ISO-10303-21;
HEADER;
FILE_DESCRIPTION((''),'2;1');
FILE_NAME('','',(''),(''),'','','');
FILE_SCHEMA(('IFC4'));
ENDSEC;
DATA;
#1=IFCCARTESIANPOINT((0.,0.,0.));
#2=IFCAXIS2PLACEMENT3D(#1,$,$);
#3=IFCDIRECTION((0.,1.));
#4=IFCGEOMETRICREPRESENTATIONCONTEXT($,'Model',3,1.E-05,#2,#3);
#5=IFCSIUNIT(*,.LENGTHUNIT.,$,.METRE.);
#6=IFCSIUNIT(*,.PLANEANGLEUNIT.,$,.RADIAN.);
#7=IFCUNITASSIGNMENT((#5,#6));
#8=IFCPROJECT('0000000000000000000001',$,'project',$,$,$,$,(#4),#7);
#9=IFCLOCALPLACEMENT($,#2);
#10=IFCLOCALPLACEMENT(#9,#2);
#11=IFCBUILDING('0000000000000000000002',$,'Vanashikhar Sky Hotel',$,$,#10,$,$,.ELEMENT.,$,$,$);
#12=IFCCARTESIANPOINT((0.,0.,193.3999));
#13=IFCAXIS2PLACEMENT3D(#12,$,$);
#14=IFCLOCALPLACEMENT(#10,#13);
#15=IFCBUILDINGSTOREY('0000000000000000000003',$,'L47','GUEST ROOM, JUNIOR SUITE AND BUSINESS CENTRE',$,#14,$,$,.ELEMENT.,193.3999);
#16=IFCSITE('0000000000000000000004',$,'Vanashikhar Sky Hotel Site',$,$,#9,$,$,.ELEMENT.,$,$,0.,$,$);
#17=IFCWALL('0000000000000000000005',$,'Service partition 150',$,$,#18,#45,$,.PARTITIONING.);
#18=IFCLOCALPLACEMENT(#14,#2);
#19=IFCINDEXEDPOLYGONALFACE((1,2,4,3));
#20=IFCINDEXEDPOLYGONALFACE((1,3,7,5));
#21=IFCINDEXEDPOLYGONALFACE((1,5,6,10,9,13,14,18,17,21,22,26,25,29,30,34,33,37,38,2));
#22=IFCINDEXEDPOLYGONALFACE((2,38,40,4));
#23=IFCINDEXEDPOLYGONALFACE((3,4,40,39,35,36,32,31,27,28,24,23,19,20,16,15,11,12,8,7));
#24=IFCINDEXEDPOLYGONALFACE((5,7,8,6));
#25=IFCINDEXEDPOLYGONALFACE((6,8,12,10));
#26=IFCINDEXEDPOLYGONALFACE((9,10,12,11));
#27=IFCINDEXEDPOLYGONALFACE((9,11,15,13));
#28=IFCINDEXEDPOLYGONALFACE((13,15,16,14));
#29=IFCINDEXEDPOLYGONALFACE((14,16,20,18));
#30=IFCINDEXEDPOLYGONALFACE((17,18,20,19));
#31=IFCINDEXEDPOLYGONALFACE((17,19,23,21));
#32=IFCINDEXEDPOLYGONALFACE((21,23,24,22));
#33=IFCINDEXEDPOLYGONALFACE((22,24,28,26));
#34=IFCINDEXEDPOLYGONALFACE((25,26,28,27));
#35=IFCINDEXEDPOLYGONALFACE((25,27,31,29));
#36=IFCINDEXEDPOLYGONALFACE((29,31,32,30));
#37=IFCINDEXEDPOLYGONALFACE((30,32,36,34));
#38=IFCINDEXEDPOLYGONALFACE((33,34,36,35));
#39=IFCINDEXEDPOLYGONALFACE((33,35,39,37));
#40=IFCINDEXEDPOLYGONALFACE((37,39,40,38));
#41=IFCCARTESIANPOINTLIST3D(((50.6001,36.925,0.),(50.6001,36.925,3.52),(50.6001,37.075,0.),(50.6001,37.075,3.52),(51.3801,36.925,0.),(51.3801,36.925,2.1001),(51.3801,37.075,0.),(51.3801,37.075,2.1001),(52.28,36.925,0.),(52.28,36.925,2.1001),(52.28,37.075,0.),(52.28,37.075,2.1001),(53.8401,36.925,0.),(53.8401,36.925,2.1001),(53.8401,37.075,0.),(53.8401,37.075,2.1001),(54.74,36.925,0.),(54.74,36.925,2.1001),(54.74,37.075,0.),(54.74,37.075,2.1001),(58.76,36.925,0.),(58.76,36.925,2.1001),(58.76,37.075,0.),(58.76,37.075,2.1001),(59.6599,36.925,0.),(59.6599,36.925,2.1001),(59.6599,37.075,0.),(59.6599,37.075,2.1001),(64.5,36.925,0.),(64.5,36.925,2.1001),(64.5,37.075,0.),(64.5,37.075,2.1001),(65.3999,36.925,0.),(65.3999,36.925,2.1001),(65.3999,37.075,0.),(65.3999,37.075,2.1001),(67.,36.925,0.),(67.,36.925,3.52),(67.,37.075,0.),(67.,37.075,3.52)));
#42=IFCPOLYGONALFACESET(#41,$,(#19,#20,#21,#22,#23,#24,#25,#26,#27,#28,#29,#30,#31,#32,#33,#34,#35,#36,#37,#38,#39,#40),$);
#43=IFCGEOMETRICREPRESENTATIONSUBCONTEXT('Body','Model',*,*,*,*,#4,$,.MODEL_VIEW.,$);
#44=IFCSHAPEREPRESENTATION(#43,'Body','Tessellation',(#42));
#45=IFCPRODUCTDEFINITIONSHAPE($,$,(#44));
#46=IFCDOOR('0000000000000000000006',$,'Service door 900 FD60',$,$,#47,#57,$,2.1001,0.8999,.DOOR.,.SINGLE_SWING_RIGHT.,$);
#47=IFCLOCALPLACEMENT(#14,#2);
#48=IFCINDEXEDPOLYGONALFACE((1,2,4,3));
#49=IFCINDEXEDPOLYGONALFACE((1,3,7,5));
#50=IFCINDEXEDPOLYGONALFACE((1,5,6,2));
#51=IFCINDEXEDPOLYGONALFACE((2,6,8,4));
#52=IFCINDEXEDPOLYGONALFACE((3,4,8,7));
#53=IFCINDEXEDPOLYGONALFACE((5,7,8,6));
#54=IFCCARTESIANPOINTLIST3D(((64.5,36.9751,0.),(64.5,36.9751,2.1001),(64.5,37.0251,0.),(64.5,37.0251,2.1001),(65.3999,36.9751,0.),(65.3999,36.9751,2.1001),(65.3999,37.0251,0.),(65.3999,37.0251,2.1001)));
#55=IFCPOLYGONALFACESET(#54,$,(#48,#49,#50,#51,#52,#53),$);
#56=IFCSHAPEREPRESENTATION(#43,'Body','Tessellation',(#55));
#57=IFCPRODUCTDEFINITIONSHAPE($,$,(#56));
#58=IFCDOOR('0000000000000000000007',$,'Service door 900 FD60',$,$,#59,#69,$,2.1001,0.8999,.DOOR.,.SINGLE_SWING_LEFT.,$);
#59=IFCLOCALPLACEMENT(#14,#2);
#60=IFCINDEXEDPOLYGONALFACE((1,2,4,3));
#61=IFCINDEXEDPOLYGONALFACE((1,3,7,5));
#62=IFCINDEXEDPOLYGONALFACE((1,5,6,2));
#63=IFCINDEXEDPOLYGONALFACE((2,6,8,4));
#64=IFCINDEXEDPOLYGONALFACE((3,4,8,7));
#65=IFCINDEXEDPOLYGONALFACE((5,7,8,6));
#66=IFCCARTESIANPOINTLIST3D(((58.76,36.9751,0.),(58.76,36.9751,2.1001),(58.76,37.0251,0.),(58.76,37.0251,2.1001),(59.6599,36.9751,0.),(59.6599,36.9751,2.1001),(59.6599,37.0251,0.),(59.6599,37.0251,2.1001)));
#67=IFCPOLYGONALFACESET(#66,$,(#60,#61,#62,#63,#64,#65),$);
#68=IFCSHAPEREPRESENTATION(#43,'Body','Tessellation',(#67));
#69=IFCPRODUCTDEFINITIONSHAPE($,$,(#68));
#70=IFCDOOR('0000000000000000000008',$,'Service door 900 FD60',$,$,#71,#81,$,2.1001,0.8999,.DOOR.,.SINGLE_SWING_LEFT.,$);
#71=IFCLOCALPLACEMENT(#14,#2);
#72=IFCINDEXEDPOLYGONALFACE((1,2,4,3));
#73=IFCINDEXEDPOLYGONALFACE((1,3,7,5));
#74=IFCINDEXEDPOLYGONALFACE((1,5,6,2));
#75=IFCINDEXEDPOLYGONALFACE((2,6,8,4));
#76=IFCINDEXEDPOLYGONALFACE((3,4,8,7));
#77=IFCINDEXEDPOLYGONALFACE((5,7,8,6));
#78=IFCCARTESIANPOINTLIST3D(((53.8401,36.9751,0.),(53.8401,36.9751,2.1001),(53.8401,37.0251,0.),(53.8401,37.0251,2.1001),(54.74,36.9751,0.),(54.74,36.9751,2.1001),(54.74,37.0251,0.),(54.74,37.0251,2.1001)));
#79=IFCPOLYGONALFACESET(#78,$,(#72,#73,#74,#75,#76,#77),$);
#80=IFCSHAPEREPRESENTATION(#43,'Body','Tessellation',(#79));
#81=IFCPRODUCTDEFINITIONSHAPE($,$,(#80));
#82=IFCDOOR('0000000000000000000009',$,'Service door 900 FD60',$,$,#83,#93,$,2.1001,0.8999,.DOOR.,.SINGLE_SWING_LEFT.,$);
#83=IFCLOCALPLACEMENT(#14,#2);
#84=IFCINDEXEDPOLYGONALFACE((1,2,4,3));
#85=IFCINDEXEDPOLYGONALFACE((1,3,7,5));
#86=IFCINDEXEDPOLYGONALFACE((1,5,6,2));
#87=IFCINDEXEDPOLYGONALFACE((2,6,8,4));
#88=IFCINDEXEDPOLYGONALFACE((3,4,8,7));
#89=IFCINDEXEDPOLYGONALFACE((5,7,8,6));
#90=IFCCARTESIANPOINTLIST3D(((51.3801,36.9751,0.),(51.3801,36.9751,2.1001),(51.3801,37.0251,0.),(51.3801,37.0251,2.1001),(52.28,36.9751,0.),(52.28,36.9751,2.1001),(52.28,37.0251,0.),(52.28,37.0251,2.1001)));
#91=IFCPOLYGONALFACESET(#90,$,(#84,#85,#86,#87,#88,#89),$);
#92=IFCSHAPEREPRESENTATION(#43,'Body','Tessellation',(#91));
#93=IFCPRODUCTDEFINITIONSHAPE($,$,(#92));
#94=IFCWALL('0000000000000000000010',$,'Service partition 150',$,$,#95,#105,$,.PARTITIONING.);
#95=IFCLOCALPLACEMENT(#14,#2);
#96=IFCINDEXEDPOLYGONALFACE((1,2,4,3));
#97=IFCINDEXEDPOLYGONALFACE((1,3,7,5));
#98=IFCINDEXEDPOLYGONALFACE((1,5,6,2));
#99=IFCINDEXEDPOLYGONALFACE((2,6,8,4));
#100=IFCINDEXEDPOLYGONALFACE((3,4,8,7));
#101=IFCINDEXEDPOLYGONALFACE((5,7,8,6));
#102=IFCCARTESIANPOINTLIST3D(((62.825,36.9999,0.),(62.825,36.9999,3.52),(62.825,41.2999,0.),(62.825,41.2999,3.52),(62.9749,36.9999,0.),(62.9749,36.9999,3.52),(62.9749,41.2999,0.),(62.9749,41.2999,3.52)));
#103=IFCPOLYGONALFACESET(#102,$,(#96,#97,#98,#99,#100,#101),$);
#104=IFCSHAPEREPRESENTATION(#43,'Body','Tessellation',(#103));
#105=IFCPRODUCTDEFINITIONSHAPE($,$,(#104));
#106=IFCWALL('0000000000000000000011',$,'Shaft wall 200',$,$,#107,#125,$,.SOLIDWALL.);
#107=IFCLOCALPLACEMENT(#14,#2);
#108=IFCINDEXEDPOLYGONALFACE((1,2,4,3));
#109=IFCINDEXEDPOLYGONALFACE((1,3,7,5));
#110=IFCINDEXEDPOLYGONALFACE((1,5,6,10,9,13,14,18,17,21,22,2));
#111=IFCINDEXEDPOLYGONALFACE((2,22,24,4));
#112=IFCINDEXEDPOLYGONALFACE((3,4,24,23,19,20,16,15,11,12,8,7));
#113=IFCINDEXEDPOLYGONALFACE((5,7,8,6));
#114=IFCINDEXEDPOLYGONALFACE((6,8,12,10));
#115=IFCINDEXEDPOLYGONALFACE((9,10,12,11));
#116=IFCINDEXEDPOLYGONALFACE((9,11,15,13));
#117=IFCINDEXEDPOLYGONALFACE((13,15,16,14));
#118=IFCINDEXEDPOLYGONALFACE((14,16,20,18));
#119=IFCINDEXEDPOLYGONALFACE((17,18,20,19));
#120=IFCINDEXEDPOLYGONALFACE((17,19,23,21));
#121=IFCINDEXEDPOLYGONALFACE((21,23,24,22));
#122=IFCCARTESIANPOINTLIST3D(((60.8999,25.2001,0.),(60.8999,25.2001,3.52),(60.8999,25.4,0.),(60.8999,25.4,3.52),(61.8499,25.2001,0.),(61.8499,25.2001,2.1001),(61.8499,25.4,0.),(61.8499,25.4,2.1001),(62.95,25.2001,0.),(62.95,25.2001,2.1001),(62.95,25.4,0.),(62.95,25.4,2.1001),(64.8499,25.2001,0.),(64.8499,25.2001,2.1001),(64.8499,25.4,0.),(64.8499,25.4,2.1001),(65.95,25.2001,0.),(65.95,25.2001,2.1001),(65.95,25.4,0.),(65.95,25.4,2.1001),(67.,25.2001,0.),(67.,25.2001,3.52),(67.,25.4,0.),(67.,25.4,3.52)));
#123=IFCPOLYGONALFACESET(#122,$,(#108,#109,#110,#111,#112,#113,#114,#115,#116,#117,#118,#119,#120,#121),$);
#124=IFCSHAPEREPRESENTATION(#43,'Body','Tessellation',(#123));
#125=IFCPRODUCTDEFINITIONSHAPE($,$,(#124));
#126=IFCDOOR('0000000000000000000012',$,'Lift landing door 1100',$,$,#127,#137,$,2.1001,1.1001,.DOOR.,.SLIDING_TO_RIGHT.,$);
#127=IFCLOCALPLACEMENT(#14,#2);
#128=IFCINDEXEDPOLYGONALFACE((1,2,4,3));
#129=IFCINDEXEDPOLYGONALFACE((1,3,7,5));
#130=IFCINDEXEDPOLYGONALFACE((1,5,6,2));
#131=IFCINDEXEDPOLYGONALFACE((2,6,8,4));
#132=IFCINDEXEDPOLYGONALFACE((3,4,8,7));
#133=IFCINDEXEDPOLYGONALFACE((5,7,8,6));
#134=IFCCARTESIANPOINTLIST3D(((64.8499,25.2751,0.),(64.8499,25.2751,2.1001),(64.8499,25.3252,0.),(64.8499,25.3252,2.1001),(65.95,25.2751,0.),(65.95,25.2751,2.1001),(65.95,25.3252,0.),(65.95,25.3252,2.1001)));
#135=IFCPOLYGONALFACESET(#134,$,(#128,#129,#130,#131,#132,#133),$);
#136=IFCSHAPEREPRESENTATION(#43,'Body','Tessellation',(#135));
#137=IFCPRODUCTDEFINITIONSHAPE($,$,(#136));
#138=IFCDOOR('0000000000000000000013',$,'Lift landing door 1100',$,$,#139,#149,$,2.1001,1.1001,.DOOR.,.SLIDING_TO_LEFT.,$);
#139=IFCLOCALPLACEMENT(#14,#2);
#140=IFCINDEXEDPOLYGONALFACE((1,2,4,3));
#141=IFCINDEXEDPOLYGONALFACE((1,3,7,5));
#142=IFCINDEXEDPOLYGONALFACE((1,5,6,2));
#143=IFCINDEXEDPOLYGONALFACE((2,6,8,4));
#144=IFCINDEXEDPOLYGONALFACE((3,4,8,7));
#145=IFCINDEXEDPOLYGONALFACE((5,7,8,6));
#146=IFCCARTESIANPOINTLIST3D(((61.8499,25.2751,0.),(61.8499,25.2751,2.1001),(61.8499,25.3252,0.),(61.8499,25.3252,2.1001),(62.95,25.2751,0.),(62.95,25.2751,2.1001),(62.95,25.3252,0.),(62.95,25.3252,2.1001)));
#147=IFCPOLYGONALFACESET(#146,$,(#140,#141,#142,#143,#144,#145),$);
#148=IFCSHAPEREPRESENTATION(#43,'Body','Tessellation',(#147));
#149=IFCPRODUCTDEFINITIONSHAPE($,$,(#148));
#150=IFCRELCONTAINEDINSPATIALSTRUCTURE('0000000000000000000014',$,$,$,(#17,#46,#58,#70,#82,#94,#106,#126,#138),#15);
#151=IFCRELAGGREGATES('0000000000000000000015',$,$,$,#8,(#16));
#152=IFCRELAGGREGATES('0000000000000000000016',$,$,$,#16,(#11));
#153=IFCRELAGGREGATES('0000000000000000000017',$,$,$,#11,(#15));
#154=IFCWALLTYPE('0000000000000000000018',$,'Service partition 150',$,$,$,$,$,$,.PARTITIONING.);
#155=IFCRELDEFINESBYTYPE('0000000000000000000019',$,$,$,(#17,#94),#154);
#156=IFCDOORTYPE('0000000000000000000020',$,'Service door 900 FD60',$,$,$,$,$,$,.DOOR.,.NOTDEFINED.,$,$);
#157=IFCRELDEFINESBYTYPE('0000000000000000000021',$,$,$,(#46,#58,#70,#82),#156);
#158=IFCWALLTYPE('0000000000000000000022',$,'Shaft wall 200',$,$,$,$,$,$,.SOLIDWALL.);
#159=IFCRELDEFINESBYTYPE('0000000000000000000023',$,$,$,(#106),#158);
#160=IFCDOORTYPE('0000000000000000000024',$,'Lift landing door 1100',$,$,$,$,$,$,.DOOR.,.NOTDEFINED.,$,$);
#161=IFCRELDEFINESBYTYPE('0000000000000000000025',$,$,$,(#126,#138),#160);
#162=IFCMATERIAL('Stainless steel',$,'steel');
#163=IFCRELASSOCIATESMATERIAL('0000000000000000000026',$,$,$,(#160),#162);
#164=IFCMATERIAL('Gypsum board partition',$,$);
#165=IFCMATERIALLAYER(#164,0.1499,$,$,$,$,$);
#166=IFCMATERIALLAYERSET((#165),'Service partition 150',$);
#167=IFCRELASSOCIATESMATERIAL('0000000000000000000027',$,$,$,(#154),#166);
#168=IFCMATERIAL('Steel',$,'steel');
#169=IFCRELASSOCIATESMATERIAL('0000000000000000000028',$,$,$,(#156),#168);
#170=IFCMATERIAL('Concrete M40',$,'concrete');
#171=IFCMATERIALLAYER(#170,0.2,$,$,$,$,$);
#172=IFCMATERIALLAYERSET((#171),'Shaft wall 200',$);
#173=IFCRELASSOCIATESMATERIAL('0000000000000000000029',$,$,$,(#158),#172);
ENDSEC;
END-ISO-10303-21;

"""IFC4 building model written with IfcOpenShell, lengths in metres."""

from ifc_helpers import new_model, si_unit, direction, frame, frame_2d, origin, place, context, subcontext, project, spatial, rectangle, extrude, source, transform, mapped, material, layer, layer_set, type_object, element, fill, save


model = new_model("IFC4")

# Units and contexts
model_context = context("Model", 3, precision=1e-05, world=origin(), true_north=direction((0.0, 1.0)))
body_context = subcontext(model_context, "Body", "Model", "MODEL_VIEW")
ifc_project = project(units=[si_unit("LENGTHUNIT", "METRE"), si_unit("PLANEANGLEUNIT", "RADIAN")], contexts=[model_context])

# Site, building, storey
site_placement = place(None, origin())
site = spatial("IfcSite", under=ifc_project, at=site_placement, Name="Vanashikhar Sky Hotel Site", CompositionType="ELEMENT", RefElevation=0.0)
building_placement = place(site_placement, origin())
building = spatial("IfcBuilding", under=site, at=building_placement, Name="Vanashikhar Sky Hotel", CompositionType="ELEMENT")
storey_placement = place(building_placement, frame((0.0, 0.0, 193.3999)))
storey = spatial("IfcBuildingStorey", under=building, at=storey_placement, Name="L47", Description="GUEST ROOM, JUNIOR SUITE AND BUSINESS CENTRE", CompositionType="ELEMENT", Elevation=193.3999)

# Shared definitions
ifc_material_1 = material(Name="Stainless steel", Category="steel")
door_type_1 = type_object("IfcDoorType", Name="Lift landing door 1100", OperationType="NOTDEFINED", PredefinedType="DOOR", material=ifc_material_1)
shared_shape_1 = source(origin(), body_context, "Body", "SweptSolid", [
    extrude(rectangle(XDim=1.1001, YDim=2.1001, at=frame_2d((0.55, 1.05))), frame((0.0, 0.0249, 0.0), z_axis=(0.0, -1.0, 0.0), x_axis=(1.0, 0.0, 0.0)), (0.0, 0.0, 1.0), 0.05),
])

# Wall, openings, doors
ifc_material_2 = material(Name="Gypsum board partition")
ifc_layer_1 = layer(ifc_material_2, 0.1499)
ifc_layer_set_1 = layer_set([ifc_layer_1], Name="Service partition 150")
wall_type_1 = type_object("IfcWallType", Name="Service partition 150", PredefinedType="PARTITIONING", material=ifc_layer_set_1)
shared_shape_2 = source(origin(), body_context, "Body", "SweptSolid", [
    extrude(rectangle(XDim=0.8999, YDim=2.1001, at=frame_2d((0.45, 1.05))), frame((0.0, 0.085, 0.0), z_axis=(0.0, -1.0, 0.0), x_axis=(1.0, 0.0, 0.0)), (0.0, 0.0, 1.0), 0.1699),
])
ifc_material_3 = material(Name="Steel", Category="steel")
door_type_2 = type_object("IfcDoorType", Name="Service door 900 FD60", OperationType="NOTDEFINED", PredefinedType="DOOR", material=ifc_material_3)
shared_shape_3 = source(origin(), body_context, "Body", "SweptSolid", [
    extrude(rectangle(XDim=0.8999, YDim=2.1001, at=frame_2d((0.45, 1.05))), frame((0.0, 0.0249, 0.0), z_axis=(0.0, -1.0, 0.0), x_axis=(1.0, 0.0, 0.0)), (0.0, 0.0, 1.0), 0.05),
])
shared_shape_4 = source(origin(), body_context, "Body", "SweptSolid", [
    extrude(rectangle(XDim=16.3999, YDim=0.1499, at=frame_2d((8.2, 0.0))), origin(), (0.0, 0.0, 1.0), 3.52),
])
wall_1_placement = place(storey_placement, frame((67.0, 37.0, 0.0), z_axis=(0.0, 0.0, 1.0), x_axis=(-1.0, 0.0, 0.0)))
wall_1 = element("IfcWall", 1, at=wall_1_placement, inside=storey, type_object=wall_type_1, Name="Service partition 150", PredefinedType="PARTITIONING", context=body_context, shape_type="MappedRepresentation", body=[
    mapped(shared_shape_4, transform((0.0, 0.0, 0.0), scale=1.0)),
])
opening_1_placement = place(wall_1_placement, frame((1.6001, 0.0, 0.0)))
opening_1 = element("IfcOpeningElement", 2, at=opening_1_placement, cuts=wall_1, PredefinedType="OPENING", context=body_context, shape_type="MappedRepresentation", body=[
    mapped(shared_shape_2, transform((0.0, 0.0, 0.0), scale=1.0)),
])
opening_2_placement = place(wall_1_placement, frame((7.3401, 0.0, 0.0)))
opening_2 = element("IfcOpeningElement", 3, at=opening_2_placement, cuts=wall_1, PredefinedType="OPENING", context=body_context, shape_type="MappedRepresentation", body=[
    mapped(shared_shape_2, transform((0.0, 0.0, 0.0), scale=1.0)),
])
opening_3_placement = place(wall_1_placement, frame((12.26, 0.0, 0.0)))
opening_3 = element("IfcOpeningElement", 4, at=opening_3_placement, cuts=wall_1, PredefinedType="OPENING", context=body_context, shape_type="MappedRepresentation", body=[
    mapped(shared_shape_2, transform((0.0, 0.0, 0.0), scale=1.0)),
])
opening_4_placement = place(wall_1_placement, frame((14.72, 0.0, 0.0)))
opening_4 = element("IfcOpeningElement", 5, at=opening_4_placement, cuts=wall_1, PredefinedType="OPENING", context=body_context, shape_type="MappedRepresentation", body=[
    mapped(shared_shape_2, transform((0.0, 0.0, 0.0), scale=1.0)),
])
door_1_placement = place(opening_1_placement, origin())
door_1 = element("IfcDoor", 6, at=door_1_placement, inside=storey, type_object=door_type_2, Name="Service door 900 FD60", OperationType="SINGLE_SWING_RIGHT", OverallHeight=2.1001, OverallWidth=0.8999, PredefinedType="DOOR", context=body_context, shape_type="MappedRepresentation", body=[
    mapped(shared_shape_3, transform((0.0, 0.0, 0.0), scale=1.0)),
])
fill(opening_1, door_1)
door_2_placement = place(opening_2_placement, origin())
door_2 = element("IfcDoor", 7, at=door_2_placement, inside=storey, type_object=door_type_2, Name="Service door 900 FD60", OperationType="SINGLE_SWING_LEFT", OverallHeight=2.1001, OverallWidth=0.8999, PredefinedType="DOOR", context=body_context, shape_type="MappedRepresentation", body=[
    mapped(shared_shape_3, transform((0.0, 0.0, 0.0), scale=1.0)),
])
fill(opening_2, door_2)
door_3_placement = place(opening_3_placement, origin())
door_3 = element("IfcDoor", 8, at=door_3_placement, inside=storey, type_object=door_type_2, Name="Service door 900 FD60", OperationType="SINGLE_SWING_LEFT", OverallHeight=2.1001, OverallWidth=0.8999, PredefinedType="DOOR", context=body_context, shape_type="MappedRepresentation", body=[
    mapped(shared_shape_3, transform((0.0, 0.0, 0.0), scale=1.0)),
])
fill(opening_3, door_3)
door_4_placement = place(opening_4_placement, origin())
door_4 = element("IfcDoor", 9, at=door_4_placement, inside=storey, type_object=door_type_2, Name="Service door 900 FD60", OperationType="SINGLE_SWING_LEFT", OverallHeight=2.1001, OverallWidth=0.8999, PredefinedType="DOOR", context=body_context, shape_type="MappedRepresentation", body=[
    mapped(shared_shape_3, transform((0.0, 0.0, 0.0), scale=1.0)),
])
fill(opening_4, door_4)

# Wall
shared_shape_5 = source(origin(), body_context, "Body", "SweptSolid", [
    extrude(rectangle(XDim=4.3, YDim=0.1499, at=frame_2d((2.1499, 0.0))), origin(), (0.0, 0.0, 1.0), 3.52),
])
wall_2_placement = place(storey_placement, frame((62.8999, 37.0, 0.0), z_axis=(0.0, 0.0, 1.0), x_axis=(0.0, 1.0, 0.0)))
element("IfcWall", 10, at=wall_2_placement, inside=storey, type_object=wall_type_1, Name="Service partition 150", PredefinedType="PARTITIONING", context=body_context, shape_type="MappedRepresentation", body=[
    mapped(shared_shape_5, transform((0.0, 0.0, 0.0), scale=1.0)),
])

# Wall, openings, doors
ifc_material_4 = material(Name="Concrete M40", Category="concrete")
ifc_layer_2 = layer(ifc_material_4, 0.2)
ifc_layer_set_2 = layer_set([ifc_layer_2], Name="Shaft wall 200")
wall_type_2 = type_object("IfcWallType", Name="Shaft wall 200", PredefinedType="SOLIDWALL", material=ifc_layer_set_2)
shared_shape_6 = source(origin(), body_context, "Body", "SweptSolid", [
    extrude(rectangle(XDim=6.1001, YDim=0.2, at=frame_2d((3.05, 0.0))), origin(), (0.0, 0.0, 1.0), 3.52),
])
wall_3_placement = place(storey_placement, frame((67.0, 25.3, 0.0), z_axis=(0.0, 0.0, 1.0), x_axis=(-1.0, 0.0, 0.0)))
wall_3 = element("IfcWall", 11, at=wall_3_placement, inside=storey, type_object=wall_type_2, Name="Shaft wall 200", PredefinedType="SOLIDWALL", context=body_context, shape_type="MappedRepresentation", body=[
    mapped(shared_shape_6, transform((0.0, 0.0, 0.0), scale=1.0)),
])
shared_shape_7 = source(origin(), body_context, "Body", "SweptSolid", [
    extrude(rectangle(XDim=1.1001, YDim=2.1001, at=frame_2d((0.55, 1.05))), frame((0.0, 0.1099, 0.0), z_axis=(0.0, -1.0, 0.0), x_axis=(1.0, 0.0, 0.0)), (0.0, 0.0, 1.0), 0.22),
])
opening_5_placement = place(wall_3_placement, frame((1.05, 0.0, 0.0)))
opening_5 = element("IfcOpeningElement", 12, at=opening_5_placement, cuts=wall_3, PredefinedType="OPENING", context=body_context, shape_type="MappedRepresentation", body=[
    mapped(shared_shape_7, transform((0.0, 0.0, 0.0), scale=1.0)),
])
opening_6_placement = place(wall_3_placement, frame((4.05, 0.0, 0.0)))
opening_6 = element("IfcOpeningElement", 13, at=opening_6_placement, cuts=wall_3, PredefinedType="OPENING", context=body_context, shape_type="MappedRepresentation", body=[
    mapped(shared_shape_7, transform((0.0, 0.0, 0.0), scale=1.0)),
])
door_5_placement = place(opening_5_placement, origin())
door_5 = element("IfcDoor", 14, at=door_5_placement, inside=storey, type_object=door_type_1, Name="Lift landing door 1100", OperationType="SLIDING_TO_RIGHT", OverallHeight=2.1001, OverallWidth=1.1001, PredefinedType="DOOR", context=body_context, shape_type="MappedRepresentation", body=[
    mapped(shared_shape_1, transform((0.0, 0.0, 0.0), scale=1.0)),
])
fill(opening_5, door_5)
door_6_placement = place(opening_6_placement, origin())
door_6 = element("IfcDoor", 15, at=door_6_placement, inside=storey, type_object=door_type_1, Name="Lift landing door 1100", OperationType="SLIDING_TO_LEFT", OverallHeight=2.1001, OverallWidth=1.1001, PredefinedType="DOOR", context=body_context, shape_type="MappedRepresentation", body=[
    mapped(shared_shape_1, transform((0.0, 0.0, 0.0), scale=1.0)),
])
fill(opening_6, door_6)

save(model, "model.ifc")
